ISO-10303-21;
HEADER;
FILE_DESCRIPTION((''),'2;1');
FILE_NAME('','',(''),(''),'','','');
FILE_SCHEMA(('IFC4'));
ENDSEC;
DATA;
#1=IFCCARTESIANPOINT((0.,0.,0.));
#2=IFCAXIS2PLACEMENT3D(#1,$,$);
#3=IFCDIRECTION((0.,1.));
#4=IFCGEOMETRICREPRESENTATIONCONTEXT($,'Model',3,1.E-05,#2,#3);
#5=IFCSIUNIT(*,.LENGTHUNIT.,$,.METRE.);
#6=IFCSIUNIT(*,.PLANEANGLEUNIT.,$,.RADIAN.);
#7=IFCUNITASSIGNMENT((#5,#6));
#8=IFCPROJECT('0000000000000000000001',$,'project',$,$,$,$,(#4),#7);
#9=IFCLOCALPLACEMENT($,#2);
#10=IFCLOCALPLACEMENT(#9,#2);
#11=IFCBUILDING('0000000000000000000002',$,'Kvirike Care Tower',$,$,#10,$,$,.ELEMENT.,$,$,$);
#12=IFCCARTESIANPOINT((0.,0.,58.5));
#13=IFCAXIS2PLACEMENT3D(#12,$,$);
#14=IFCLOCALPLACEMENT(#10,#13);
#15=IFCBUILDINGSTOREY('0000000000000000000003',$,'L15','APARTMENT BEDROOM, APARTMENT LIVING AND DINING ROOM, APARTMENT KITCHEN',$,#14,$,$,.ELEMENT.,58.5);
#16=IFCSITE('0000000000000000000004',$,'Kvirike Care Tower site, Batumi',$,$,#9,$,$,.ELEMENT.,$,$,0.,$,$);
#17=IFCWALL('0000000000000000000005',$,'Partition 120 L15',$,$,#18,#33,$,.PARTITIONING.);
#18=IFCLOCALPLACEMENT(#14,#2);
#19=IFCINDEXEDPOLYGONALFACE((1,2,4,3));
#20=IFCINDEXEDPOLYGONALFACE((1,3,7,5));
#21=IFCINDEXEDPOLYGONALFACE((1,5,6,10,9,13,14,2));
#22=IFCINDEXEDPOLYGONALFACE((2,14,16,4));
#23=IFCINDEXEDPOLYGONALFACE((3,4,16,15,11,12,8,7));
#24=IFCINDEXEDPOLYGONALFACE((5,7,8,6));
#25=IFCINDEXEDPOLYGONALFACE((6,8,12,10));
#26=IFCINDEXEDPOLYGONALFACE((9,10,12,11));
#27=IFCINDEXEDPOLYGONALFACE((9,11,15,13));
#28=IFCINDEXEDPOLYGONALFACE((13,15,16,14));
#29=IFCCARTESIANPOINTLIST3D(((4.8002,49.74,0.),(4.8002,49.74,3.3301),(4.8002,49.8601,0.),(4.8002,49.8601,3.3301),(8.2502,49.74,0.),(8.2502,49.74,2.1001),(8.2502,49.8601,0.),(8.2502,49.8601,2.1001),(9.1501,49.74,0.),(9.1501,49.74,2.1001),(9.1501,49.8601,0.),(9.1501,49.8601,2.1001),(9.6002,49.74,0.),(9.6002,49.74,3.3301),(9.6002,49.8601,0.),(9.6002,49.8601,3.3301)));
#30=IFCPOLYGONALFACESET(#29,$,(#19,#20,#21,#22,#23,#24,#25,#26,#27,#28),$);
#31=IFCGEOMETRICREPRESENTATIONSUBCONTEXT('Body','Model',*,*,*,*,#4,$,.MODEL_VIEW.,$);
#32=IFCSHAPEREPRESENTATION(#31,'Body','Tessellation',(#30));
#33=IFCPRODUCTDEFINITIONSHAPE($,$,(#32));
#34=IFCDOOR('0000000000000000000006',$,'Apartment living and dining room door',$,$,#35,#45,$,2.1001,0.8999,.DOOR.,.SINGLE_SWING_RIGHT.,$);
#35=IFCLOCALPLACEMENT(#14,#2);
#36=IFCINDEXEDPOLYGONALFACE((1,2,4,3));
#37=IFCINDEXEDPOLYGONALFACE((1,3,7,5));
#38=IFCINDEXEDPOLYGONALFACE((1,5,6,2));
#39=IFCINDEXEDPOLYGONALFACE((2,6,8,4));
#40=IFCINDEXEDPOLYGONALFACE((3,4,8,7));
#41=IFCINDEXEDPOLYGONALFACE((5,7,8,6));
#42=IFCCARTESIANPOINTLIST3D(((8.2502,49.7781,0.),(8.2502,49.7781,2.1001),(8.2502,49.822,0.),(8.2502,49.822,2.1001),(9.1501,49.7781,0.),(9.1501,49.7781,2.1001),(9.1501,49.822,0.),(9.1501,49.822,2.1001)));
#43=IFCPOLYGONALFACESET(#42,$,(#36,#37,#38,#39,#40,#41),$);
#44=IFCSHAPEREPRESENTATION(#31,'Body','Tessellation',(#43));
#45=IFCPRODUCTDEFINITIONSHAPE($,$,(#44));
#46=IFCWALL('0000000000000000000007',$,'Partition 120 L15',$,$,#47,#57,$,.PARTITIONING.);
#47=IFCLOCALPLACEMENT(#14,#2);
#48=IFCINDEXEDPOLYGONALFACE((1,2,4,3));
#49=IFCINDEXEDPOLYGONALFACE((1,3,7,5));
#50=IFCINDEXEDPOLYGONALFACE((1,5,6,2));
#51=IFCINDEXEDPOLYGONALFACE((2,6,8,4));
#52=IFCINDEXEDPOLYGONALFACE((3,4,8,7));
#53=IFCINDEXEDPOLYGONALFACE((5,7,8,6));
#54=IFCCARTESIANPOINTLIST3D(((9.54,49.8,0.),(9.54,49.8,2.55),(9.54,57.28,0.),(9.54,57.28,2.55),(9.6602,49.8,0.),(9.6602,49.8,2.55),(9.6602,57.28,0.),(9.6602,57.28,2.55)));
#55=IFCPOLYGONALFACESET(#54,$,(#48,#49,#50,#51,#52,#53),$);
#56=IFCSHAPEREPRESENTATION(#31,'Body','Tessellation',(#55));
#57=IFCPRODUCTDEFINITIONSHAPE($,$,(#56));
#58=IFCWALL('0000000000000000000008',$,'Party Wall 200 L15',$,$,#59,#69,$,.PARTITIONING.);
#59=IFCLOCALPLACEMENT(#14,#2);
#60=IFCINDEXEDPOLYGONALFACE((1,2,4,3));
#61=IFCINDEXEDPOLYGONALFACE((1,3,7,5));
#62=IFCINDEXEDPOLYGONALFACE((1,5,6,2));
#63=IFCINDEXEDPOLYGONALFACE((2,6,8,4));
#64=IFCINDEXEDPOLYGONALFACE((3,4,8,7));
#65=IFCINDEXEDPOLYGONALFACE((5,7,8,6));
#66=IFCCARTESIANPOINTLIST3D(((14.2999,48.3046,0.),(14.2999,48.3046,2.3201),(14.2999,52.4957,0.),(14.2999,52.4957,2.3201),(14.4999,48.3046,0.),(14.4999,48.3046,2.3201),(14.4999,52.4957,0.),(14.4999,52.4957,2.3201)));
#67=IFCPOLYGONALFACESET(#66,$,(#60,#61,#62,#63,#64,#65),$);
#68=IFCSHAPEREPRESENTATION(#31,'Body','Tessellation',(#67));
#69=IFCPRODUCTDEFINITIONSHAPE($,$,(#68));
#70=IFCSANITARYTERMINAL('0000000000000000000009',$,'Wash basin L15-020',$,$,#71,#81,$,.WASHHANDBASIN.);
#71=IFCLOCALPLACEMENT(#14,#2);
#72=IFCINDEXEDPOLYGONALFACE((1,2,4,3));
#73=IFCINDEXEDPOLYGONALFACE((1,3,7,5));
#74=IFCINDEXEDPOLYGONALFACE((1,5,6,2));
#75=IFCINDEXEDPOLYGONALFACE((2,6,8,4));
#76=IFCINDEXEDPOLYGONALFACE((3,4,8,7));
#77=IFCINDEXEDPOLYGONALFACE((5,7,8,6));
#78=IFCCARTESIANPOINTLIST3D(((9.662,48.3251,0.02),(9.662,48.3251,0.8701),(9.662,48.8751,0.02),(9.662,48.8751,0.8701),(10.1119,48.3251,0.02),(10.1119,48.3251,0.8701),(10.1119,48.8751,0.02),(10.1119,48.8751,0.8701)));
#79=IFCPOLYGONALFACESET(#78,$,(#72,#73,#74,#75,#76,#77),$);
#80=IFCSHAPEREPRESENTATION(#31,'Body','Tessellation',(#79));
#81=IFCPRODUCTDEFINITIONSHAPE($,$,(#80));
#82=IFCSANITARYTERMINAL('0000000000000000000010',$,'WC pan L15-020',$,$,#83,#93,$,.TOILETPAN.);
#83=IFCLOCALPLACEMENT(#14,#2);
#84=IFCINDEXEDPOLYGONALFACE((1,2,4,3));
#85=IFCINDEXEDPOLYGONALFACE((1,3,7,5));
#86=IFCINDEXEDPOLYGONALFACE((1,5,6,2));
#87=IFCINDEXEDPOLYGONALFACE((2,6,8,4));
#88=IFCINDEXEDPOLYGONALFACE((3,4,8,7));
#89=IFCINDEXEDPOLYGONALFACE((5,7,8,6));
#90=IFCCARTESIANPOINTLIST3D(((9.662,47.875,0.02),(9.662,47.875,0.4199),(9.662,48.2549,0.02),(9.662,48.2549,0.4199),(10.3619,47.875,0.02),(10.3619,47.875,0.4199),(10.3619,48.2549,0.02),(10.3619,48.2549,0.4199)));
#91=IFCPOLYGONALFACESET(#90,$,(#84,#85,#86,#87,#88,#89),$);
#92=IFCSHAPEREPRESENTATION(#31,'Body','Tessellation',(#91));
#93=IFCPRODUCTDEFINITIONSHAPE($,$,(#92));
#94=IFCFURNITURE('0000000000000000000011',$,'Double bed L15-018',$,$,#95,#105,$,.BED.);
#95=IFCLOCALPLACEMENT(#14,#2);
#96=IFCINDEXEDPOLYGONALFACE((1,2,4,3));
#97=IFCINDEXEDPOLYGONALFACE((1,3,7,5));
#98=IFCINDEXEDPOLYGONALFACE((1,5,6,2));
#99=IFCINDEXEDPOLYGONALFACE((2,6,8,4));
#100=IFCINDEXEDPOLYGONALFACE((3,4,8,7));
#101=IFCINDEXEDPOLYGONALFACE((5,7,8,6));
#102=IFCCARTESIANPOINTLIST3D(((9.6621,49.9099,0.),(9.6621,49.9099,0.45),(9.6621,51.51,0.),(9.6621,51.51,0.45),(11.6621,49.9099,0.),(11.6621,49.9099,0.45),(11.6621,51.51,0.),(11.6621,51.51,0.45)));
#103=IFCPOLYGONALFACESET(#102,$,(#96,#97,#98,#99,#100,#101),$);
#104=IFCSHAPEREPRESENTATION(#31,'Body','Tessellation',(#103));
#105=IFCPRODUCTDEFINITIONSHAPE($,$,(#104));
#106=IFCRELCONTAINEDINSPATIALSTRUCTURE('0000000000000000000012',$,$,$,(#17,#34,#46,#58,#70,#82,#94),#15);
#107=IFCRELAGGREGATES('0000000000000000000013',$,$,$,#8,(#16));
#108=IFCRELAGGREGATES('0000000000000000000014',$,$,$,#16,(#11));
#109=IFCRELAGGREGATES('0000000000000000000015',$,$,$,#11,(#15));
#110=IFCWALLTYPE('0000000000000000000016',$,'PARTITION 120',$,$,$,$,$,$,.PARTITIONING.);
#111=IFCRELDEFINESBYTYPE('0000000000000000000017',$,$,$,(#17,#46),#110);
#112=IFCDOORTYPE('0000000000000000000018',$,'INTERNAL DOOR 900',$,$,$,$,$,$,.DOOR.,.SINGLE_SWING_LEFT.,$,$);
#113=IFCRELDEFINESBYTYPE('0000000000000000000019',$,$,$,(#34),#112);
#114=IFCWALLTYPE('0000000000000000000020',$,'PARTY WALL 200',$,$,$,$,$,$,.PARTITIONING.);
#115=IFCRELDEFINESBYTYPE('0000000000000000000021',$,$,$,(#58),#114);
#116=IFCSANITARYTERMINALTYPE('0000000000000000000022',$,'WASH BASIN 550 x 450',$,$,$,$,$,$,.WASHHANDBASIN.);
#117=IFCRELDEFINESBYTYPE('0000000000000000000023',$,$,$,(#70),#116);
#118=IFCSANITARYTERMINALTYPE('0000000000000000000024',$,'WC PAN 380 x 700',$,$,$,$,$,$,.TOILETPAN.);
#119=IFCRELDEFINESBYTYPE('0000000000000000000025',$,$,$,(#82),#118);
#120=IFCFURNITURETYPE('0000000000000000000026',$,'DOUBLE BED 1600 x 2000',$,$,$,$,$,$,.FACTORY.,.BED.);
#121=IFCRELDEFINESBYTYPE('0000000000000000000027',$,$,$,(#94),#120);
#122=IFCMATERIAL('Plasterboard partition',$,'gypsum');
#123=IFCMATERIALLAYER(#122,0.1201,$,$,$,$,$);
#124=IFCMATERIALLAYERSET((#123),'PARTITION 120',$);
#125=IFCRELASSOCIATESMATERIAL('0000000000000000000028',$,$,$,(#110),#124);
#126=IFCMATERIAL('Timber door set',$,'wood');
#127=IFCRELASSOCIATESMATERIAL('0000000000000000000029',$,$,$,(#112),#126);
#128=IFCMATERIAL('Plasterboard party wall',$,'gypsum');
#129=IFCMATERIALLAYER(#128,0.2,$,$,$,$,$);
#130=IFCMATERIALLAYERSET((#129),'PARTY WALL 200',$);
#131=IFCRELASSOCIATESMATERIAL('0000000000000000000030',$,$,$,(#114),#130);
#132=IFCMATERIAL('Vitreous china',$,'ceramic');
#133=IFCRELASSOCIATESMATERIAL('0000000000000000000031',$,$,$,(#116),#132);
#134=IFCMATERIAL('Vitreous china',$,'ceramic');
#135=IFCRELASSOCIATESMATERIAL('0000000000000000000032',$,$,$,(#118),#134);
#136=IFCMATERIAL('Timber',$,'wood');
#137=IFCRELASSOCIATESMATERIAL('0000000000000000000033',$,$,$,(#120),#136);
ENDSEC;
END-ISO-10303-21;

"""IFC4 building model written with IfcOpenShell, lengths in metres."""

from ifc_helpers import new_model, si_unit, direction, frame, frame_2d, origin, origin_2d, place, context, subcontext, project, spatial, rectangle, extrude, material, layer, layer_set, type_object, element, fill, save


model = new_model("IFC4")

# Units and contexts
model_context = context("Model", 3, precision=1e-05, world=origin(), true_north=direction((0.0, 1.0)))
body_context = subcontext(model_context, "Body", "Model", "MODEL_VIEW")
ifc_project = project(units=[si_unit("LENGTHUNIT", "METRE"), si_unit("PLANEANGLEUNIT", "RADIAN")], contexts=[model_context])

# Site, building, storey
site_placement = place(None, origin())
site = spatial("IfcSite", under=ifc_project, at=site_placement, Name="Kvirike Care Tower site, Batumi", CompositionType="ELEMENT", RefElevation=0.0)
building_placement = place(site_placement, origin())
building = spatial("IfcBuilding", under=site, at=building_placement, Name="Kvirike Care Tower", CompositionType="ELEMENT")
storey_placement = place(building_placement, frame((0.0, 0.0, 58.5)))
storey = spatial("IfcBuildingStorey", under=building, at=storey_placement, Name="L15", Description="APARTMENT BEDROOM, APARTMENT LIVING AND DINING ROOM, APARTMENT KITCHEN", CompositionType="ELEMENT", Elevation=58.5)

# Wall, opening, door
ifc_material_1 = material(Name="Plasterboard partition", Category="gypsum")
ifc_layer_1 = layer(ifc_material_1, 0.1201)
ifc_layer_set_1 = layer_set([ifc_layer_1], Name="PARTITION 120")
wall_type_1 = type_object("IfcWallType", Name="PARTITION 120", PredefinedType="PARTITIONING", material=ifc_layer_set_1)
ifc_material_2 = material(Name="Timber door set", Category="wood")
door_type_1 = type_object("IfcDoorType", Name="INTERNAL DOOR 900", OperationType="SINGLE_SWING_LEFT", PredefinedType="DOOR", material=ifc_material_2)
wall_1_placement = place(storey_placement, frame((9.6001, 49.8, 0.0), z_axis=(0.0, 0.0, 1.0), x_axis=(-1.0, 0.0, 0.0)))
wall_1 = element("IfcWall", 1, at=wall_1_placement, inside=storey, type_object=wall_type_1, Name="Partition 120 L15", PredefinedType="PARTITIONING", context=body_context, shape_type="SweptSolid", body=[
    extrude(rectangle(XDim=4.8, YDim=0.1201, at=frame_2d((2.3999, 0.0))), origin(), (0.0, 0.0, 1.0), 3.3301),
])
opening_1_placement = place(wall_1_placement, frame((0.45, 0.0, 0.0)))
opening_1 = element("IfcOpeningElement", 2, at=opening_1_placement, cuts=wall_1, PredefinedType="OPENING", context=body_context, shape_type="SweptSolid", body=[
    extrude(rectangle(XDim=0.8999, YDim=2.1001, at=frame_2d((0.45, 1.05))), frame((0.0, 0.0706, 0.0), z_axis=(0.0, -1.0, 0.0), x_axis=(1.0, 0.0, 0.0)), (0.0, 0.0, 1.0), 0.1411),
])
door_1_placement = place(opening_1_placement, origin())
door_1 = element("IfcDoor", 3, at=door_1_placement, inside=storey, type_object=door_type_1, Name="Apartment living and dining room door", OperationType="SINGLE_SWING_RIGHT", OverallHeight=2.1001, OverallWidth=0.8999, PredefinedType="DOOR", context=body_context, shape_type="SweptSolid", body=[
    extrude(rectangle(XDim=0.8999, YDim=2.1001, at=frame_2d((0.45, 1.05))), frame((0.0, 0.022, 0.0), z_axis=(0.0, -1.0, 0.0), x_axis=(1.0, 0.0, 0.0)), (0.0, 0.0, 1.0), 0.0439),
])
fill(opening_1, door_1)

# Walls
wall_2_placement = place(storey_placement, frame((9.6001, 57.28, 0.0), z_axis=(0.0, 0.0, 1.0), x_axis=(0.0, -1.0, 0.0)))
element("IfcWall", 4, at=wall_2_placement, inside=storey, type_object=wall_type_1, Name="Partition 120 L15", PredefinedType="PARTITIONING", context=body_context, shape_type="SweptSolid", body=[
    extrude(rectangle(XDim=7.48, YDim=0.1201, at=frame_2d((3.74, 0.0))), origin(), (0.0, 0.0, 1.0), 2.55),
])
ifc_material_3 = material(Name="Plasterboard party wall", Category="gypsum")
ifc_layer_2 = layer(ifc_material_3, 0.2)
ifc_layer_set_2 = layer_set([ifc_layer_2], Name="PARTY WALL 200")
wall_type_2 = type_object("IfcWallType", Name="PARTY WALL 200", PredefinedType="PARTITIONING", material=ifc_layer_set_2)
wall_3_placement = place(storey_placement, frame((14.3999, 48.3044, 0.0), z_axis=(0.0, 0.0, 1.0), x_axis=(0.0, 1.0, 0.0)))
element("IfcWall", 5, at=wall_3_placement, inside=storey, type_object=wall_type_2, Name="Party Wall 200 L15", PredefinedType="PARTITIONING", context=body_context, shape_type="SweptSolid", body=[
    extrude(rectangle(XDim=4.1912, YDim=0.2, at=frame_2d((2.0957, 0.0))), origin(), (0.0, 0.0, 1.0), 2.3201),
])

# Sanitary terminals
ifc_material_4 = material(Name="Vitreous china", Category="ceramic")
sanitary_terminal_type_1 = type_object("IfcSanitaryTerminalType", Name="WASH BASIN 550 x 450", PredefinedType="WASHHANDBASIN", material=ifc_material_4)
sanitary_terminal_1_placement = place(storey_placement, frame((9.887, 48.6001, 0.02), z_axis=(0.0, 0.0, 1.0), x_axis=(0.0, 1.0, 0.0)))
element("IfcSanitaryTerminal", 6, at=sanitary_terminal_1_placement, inside=storey, type_object=sanitary_terminal_type_1, Name="Wash basin L15-020", PredefinedType="WASHHANDBASIN", context=body_context, shape_type="SweptSolid", body=[
    extrude(rectangle(XDim=0.55, YDim=0.45, at=origin_2d()), origin(), (0.0, 0.0, 1.0), 0.8501),
])
ifc_material_5 = material(Name="Vitreous china", Category="ceramic")
sanitary_terminal_type_2 = type_object("IfcSanitaryTerminalType", Name="WC PAN 380 x 700", PredefinedType="TOILETPAN", material=ifc_material_5)
sanitary_terminal_2_placement = place(storey_placement, frame((10.012, 48.0649, 0.02), z_axis=(0.0, 0.0, 1.0), x_axis=(0.0, 1.0, 0.0)))
element("IfcSanitaryTerminal", 7, at=sanitary_terminal_2_placement, inside=storey, type_object=sanitary_terminal_type_2, Name="WC pan L15-020", PredefinedType="TOILETPAN", context=body_context, shape_type="SweptSolid", body=[
    extrude(rectangle(XDim=0.3799, YDim=0.7, at=origin_2d()), origin(), (0.0, 0.0, 1.0), 0.3999),
])

# Furniture
ifc_material_6 = material(Name="Timber", Category="wood")
furniture_type = type_object("IfcFurnitureType", Name="DOUBLE BED 1600 x 2000", AssemblyPlace="FACTORY", PredefinedType="BED", material=ifc_material_6)
furniture_placement = place(storey_placement, frame((10.6621, 50.71, 0.0), z_axis=(0.0, 0.0, 1.0), x_axis=(0.0, 1.0, 0.0)))
element("IfcFurniture", 8, at=furniture_placement, inside=storey, type_object=furniture_type, Name="Double bed L15-018", PredefinedType="BED", context=body_context, shape_type="SweptSolid", body=[
    extrude(rectangle(XDim=1.6001, YDim=2.0, at=origin_2d()), origin(), (0.0, 0.0, 1.0), 0.45),
])

save(model, "model.ifc")
